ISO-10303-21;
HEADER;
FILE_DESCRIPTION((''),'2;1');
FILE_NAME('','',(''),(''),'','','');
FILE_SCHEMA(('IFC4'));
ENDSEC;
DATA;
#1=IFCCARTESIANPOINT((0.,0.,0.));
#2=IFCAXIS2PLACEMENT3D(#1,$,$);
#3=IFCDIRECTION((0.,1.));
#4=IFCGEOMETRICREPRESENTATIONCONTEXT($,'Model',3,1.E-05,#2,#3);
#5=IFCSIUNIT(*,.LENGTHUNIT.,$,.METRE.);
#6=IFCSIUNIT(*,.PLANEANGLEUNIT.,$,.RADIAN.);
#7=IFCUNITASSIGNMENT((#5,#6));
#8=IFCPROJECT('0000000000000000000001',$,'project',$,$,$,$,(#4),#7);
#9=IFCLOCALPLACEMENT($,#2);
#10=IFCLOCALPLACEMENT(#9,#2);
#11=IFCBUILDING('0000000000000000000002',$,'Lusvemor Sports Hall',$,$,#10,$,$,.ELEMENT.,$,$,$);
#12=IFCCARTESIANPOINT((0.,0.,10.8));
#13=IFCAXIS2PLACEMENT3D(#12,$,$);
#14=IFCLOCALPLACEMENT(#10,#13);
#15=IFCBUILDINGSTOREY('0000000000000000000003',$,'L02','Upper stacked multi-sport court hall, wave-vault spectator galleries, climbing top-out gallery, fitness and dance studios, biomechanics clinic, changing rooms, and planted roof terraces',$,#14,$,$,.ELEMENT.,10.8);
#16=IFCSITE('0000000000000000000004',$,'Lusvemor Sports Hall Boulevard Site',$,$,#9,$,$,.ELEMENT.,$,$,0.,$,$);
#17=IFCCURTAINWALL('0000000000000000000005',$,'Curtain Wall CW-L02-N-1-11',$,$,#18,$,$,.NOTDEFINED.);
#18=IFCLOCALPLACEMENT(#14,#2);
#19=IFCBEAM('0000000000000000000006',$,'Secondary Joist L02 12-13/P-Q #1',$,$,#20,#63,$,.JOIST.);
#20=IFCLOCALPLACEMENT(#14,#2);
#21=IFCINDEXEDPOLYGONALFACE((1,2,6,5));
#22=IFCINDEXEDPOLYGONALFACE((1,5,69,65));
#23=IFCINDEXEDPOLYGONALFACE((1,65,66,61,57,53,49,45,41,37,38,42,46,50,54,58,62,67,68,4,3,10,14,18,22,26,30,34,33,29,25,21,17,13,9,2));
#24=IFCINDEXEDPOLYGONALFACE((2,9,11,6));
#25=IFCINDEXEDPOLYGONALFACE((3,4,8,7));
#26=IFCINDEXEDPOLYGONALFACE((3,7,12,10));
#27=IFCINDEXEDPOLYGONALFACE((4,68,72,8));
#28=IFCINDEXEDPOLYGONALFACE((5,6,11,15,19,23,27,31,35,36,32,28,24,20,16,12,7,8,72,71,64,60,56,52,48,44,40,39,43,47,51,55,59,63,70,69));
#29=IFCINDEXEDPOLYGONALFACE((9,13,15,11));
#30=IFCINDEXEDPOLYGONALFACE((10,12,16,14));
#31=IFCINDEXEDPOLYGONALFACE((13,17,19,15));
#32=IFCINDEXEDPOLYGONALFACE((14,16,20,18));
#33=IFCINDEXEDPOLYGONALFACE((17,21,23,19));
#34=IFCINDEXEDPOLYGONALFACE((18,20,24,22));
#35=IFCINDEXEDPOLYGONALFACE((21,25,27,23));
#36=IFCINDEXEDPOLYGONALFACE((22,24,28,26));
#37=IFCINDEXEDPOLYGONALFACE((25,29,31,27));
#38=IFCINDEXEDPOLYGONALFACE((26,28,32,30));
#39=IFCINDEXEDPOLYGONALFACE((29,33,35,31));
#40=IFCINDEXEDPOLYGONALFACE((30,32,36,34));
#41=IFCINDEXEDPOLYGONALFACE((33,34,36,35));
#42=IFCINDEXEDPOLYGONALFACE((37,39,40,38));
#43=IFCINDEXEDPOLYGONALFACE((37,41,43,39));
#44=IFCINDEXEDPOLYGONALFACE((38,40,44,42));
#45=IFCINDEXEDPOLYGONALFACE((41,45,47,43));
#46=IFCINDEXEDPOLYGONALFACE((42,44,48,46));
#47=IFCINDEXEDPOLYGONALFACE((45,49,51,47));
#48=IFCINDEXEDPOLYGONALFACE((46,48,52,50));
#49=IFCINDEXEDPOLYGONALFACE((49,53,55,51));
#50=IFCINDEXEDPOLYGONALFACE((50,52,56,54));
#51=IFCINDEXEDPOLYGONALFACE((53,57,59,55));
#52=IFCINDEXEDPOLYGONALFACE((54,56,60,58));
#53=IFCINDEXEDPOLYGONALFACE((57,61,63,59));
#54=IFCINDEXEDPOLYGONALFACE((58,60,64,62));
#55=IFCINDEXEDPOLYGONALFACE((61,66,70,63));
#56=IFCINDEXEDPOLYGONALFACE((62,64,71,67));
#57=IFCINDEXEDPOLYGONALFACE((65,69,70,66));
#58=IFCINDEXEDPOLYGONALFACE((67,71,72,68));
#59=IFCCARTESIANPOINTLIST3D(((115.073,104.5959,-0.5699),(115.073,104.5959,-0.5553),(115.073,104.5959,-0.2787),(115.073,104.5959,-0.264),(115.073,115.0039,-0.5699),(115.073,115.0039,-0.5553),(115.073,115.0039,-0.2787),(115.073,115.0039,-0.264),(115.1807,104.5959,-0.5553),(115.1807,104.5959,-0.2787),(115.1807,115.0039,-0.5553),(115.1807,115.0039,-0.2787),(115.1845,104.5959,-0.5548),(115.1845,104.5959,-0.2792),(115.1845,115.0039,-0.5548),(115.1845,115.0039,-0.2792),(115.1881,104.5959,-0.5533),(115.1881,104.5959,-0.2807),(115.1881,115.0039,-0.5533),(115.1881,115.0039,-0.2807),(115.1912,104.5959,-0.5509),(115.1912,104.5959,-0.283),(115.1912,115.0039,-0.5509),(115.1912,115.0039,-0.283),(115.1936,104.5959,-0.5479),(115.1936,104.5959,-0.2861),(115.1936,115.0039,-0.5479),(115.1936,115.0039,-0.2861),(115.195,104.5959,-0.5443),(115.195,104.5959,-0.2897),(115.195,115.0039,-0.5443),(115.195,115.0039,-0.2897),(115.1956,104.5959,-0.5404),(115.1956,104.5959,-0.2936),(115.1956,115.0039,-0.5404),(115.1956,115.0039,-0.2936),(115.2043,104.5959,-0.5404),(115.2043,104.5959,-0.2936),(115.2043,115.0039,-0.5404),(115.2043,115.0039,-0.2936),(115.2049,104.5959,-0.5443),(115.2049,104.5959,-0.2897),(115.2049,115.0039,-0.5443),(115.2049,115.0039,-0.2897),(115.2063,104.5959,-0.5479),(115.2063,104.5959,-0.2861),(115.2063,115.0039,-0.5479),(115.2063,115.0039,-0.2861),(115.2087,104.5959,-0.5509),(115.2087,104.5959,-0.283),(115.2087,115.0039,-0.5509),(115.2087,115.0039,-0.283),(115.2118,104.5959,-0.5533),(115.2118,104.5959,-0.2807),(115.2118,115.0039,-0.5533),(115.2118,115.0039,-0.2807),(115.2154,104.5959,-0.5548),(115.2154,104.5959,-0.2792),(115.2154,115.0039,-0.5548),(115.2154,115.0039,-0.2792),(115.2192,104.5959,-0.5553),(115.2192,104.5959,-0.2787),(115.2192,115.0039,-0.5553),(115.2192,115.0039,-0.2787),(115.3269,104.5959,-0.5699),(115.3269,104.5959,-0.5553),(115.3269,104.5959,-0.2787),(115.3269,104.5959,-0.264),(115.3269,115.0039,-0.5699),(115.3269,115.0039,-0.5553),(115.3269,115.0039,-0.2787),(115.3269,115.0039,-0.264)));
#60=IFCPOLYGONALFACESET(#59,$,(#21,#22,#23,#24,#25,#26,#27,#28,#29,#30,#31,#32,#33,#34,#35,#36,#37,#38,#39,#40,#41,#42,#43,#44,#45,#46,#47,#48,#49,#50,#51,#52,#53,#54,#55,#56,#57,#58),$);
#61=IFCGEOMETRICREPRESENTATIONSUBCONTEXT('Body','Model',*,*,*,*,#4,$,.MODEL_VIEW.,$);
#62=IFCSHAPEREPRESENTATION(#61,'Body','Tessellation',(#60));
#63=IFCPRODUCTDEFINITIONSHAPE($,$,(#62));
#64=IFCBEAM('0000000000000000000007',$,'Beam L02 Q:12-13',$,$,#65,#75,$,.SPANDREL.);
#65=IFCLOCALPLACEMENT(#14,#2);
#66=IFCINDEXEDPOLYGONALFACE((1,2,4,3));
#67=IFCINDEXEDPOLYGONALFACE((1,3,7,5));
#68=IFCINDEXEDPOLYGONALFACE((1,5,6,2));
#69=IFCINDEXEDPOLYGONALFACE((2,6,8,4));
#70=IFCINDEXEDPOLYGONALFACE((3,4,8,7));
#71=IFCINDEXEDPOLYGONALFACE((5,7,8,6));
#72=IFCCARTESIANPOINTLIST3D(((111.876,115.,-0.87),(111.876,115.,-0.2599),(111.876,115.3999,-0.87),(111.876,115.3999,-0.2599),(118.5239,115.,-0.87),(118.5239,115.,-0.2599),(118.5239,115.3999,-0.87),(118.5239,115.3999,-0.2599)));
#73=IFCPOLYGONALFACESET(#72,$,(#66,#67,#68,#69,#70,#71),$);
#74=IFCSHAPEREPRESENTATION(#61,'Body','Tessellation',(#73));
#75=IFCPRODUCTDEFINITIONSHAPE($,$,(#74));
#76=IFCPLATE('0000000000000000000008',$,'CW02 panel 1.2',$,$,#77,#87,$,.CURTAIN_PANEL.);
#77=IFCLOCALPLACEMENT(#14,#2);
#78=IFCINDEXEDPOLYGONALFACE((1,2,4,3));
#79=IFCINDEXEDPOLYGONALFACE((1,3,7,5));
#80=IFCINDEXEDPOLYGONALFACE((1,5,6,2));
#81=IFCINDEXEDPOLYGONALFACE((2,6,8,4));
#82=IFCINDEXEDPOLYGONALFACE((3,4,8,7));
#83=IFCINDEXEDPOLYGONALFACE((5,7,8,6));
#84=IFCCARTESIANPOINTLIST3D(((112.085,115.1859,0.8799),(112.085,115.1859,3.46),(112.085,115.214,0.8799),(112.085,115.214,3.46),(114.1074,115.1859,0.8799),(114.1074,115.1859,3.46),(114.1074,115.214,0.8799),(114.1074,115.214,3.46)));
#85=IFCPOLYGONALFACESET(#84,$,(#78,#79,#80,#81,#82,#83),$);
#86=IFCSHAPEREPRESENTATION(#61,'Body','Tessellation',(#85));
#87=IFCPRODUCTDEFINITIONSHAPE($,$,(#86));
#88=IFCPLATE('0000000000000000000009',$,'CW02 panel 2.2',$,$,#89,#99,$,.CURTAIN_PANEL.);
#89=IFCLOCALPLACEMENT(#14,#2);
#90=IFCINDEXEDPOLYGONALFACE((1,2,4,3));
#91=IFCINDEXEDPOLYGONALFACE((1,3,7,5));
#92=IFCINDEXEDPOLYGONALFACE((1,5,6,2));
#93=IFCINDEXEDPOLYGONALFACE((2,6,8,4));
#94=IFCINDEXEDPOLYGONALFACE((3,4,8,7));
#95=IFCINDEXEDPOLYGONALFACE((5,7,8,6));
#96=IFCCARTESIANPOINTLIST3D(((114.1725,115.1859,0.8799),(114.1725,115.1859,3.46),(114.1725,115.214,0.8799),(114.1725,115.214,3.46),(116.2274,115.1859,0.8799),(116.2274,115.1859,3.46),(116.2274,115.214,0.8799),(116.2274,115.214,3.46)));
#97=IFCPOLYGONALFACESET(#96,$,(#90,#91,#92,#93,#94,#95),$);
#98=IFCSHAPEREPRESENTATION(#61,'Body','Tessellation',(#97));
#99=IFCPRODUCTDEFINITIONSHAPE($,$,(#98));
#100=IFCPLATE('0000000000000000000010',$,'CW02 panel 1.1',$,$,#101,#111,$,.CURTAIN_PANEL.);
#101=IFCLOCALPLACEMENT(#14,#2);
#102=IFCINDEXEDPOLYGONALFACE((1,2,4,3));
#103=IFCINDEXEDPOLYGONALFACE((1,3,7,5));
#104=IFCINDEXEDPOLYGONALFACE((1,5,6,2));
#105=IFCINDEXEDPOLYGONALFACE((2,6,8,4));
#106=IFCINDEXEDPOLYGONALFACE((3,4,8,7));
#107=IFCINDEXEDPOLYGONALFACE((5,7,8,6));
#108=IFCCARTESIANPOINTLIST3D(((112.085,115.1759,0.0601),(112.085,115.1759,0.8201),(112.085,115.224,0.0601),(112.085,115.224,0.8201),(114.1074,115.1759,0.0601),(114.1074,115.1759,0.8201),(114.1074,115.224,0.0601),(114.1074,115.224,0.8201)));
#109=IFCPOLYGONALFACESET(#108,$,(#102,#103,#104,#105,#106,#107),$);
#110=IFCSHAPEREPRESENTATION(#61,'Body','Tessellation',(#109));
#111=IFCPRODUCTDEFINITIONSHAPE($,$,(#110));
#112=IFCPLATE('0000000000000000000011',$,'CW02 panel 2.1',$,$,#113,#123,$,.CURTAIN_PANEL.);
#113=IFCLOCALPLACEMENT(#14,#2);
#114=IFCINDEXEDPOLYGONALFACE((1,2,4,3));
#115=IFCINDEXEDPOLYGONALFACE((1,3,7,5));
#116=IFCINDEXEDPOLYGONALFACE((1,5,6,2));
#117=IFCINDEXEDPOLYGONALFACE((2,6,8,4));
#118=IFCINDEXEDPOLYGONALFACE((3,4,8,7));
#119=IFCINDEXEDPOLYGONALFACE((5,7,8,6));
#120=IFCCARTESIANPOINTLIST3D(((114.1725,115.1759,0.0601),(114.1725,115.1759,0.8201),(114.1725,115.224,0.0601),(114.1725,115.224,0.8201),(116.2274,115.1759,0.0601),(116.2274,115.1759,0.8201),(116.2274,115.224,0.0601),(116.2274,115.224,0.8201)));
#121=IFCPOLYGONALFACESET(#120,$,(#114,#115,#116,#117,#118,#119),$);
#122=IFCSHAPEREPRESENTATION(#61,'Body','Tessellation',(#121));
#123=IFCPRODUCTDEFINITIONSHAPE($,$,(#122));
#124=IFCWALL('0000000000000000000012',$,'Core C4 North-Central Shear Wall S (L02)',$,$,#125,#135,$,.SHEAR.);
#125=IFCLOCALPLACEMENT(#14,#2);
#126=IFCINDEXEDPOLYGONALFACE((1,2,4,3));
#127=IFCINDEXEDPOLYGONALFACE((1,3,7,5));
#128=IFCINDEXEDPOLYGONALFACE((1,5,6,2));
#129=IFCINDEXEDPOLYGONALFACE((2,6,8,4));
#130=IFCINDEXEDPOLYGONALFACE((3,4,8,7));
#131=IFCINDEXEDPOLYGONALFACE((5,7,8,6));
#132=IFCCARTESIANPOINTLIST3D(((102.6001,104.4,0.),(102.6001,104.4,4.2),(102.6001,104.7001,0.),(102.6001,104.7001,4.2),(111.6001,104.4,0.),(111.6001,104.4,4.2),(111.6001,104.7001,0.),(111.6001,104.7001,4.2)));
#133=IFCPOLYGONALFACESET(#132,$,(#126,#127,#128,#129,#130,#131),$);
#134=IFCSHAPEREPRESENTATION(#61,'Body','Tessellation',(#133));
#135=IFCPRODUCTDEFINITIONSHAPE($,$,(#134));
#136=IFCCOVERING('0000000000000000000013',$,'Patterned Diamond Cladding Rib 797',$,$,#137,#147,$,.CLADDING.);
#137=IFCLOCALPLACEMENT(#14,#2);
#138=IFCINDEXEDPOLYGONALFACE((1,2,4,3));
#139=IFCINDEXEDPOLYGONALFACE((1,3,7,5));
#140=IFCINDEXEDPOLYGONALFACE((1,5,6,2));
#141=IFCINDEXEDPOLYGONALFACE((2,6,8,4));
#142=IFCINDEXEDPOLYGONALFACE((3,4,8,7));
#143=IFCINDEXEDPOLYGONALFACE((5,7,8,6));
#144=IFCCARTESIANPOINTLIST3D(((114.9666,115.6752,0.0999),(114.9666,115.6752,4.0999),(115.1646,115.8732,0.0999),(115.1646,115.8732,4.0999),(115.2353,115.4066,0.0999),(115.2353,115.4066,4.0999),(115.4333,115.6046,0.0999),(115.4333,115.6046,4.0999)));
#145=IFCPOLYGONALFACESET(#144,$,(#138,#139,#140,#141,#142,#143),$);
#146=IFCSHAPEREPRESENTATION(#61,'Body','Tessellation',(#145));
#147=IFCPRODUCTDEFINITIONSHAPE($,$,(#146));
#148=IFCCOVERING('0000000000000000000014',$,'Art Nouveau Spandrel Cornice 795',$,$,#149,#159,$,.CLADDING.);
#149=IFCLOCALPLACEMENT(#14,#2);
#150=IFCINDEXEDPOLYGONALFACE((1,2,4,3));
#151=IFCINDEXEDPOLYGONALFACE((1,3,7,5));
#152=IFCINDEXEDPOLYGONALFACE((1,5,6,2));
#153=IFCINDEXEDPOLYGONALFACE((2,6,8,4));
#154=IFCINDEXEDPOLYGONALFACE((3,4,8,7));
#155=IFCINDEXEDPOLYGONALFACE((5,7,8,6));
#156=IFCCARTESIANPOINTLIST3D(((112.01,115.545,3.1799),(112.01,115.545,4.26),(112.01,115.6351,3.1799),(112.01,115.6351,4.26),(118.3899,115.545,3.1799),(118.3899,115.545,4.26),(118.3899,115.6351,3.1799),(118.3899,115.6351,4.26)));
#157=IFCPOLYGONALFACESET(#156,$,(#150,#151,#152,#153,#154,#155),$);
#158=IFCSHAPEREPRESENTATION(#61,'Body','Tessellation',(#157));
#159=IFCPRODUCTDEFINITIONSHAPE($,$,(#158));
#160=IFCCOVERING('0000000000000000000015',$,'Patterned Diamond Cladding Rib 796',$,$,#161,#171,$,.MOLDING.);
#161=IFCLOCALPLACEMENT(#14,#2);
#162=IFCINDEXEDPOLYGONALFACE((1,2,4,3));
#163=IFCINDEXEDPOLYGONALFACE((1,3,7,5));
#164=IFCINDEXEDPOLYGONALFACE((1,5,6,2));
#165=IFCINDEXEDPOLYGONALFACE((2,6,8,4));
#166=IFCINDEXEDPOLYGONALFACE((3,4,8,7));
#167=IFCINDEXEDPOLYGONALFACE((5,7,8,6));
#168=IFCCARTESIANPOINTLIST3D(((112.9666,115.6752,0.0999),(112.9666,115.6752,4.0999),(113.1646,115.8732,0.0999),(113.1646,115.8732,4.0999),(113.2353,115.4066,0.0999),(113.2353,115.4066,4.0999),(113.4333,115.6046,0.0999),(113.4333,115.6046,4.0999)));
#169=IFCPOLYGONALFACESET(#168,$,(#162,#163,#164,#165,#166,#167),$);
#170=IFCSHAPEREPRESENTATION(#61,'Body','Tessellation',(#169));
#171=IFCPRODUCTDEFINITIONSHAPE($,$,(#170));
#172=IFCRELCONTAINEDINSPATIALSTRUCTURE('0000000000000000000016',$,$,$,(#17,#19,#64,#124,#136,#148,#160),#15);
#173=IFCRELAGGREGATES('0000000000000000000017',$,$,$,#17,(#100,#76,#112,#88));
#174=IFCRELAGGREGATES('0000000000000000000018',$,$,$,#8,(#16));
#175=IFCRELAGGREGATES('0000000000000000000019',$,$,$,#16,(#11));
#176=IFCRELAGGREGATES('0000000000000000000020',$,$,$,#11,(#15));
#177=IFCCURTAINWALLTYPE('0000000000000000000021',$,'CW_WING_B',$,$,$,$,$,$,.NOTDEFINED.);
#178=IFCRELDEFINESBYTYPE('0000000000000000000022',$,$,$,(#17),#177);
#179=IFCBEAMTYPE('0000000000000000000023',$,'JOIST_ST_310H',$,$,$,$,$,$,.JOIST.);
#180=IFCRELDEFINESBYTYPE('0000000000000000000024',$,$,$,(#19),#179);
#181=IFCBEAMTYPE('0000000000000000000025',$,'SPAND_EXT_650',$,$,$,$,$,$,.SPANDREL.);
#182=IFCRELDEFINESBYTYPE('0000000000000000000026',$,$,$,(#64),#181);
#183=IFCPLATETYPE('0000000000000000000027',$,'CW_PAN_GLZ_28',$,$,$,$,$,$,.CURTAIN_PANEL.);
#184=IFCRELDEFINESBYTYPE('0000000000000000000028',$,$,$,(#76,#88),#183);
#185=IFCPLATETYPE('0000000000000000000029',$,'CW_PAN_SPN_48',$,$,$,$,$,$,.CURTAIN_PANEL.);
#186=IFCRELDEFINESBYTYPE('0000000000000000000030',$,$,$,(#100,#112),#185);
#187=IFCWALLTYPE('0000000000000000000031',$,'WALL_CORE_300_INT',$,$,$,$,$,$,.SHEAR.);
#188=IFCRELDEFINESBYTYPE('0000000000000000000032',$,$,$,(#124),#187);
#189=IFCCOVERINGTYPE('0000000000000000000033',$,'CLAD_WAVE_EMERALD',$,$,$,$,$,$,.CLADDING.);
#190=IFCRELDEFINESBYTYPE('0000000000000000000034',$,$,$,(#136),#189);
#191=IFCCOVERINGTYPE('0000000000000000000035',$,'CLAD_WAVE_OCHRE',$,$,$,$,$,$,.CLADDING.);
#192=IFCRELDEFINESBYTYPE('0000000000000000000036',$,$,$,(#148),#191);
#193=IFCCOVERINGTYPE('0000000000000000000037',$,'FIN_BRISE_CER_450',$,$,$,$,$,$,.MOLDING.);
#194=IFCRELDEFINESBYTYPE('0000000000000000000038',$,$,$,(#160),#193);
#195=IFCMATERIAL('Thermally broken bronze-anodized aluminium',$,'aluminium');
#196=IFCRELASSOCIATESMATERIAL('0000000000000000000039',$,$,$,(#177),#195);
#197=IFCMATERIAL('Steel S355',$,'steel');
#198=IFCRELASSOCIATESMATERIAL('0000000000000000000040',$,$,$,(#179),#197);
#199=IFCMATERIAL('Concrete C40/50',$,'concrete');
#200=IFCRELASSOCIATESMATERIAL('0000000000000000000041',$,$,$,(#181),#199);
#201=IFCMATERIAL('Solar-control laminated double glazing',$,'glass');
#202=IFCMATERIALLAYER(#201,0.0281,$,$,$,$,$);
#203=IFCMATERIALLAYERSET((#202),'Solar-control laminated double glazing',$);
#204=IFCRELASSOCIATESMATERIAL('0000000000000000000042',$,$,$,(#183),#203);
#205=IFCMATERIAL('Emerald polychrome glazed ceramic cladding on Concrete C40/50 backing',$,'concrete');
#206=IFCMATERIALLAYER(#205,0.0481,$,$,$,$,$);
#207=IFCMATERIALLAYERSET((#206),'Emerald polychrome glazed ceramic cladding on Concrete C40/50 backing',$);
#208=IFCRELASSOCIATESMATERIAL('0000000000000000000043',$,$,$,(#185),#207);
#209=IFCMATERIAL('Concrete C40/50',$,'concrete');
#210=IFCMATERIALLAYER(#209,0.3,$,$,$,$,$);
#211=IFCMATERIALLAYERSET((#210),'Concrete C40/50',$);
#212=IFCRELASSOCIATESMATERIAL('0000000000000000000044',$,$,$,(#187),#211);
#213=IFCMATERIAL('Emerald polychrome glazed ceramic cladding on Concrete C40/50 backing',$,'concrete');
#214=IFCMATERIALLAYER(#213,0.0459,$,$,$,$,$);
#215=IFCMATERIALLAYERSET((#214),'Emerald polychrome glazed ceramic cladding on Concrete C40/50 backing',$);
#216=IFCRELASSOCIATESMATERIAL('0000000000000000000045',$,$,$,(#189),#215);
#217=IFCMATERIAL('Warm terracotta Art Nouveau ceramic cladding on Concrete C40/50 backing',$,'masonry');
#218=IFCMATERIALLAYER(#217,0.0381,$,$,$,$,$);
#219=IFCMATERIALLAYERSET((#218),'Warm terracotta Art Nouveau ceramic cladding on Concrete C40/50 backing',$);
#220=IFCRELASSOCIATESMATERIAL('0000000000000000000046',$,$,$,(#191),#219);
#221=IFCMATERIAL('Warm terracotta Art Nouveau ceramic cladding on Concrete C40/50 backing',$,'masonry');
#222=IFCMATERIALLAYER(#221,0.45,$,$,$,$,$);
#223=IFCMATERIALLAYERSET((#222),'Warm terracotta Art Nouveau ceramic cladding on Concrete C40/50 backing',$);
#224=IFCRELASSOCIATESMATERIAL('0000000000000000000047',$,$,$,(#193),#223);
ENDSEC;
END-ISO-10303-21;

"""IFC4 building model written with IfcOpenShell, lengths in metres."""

from ifc_helpers import new_model, si_unit, direction, frame, frame_2d, origin, origin_2d, place, context, subcontext, project, spatial, rectangle, i_section, extrude, material, layer, layer_set, material_profile, profile_set, type_object, element, aggregate, save


model = new_model("IFC4")

# Units and contexts
model_context = context("Model", 3, precision=1e-05, world=origin(), true_north=direction((0.0, 1.0)))
body_context = subcontext(model_context, "Body", "Model", "MODEL_VIEW")
ifc_project = project(units=[si_unit("LENGTHUNIT", "METRE"), si_unit("PLANEANGLEUNIT", "RADIAN")], contexts=[model_context])

# Site, building, storey
site_placement = place(None, origin())
site = spatial("IfcSite", under=ifc_project, at=site_placement, Name="Lusvemor Sports Hall Boulevard Site", CompositionType="ELEMENT", RefElevation=0.0)
building_placement = place(site_placement, origin())
building = spatial("IfcBuilding", under=site, at=building_placement, Name="Lusvemor Sports Hall", CompositionType="ELEMENT")
storey_placement = place(building_placement, frame((0.0, 0.0, 10.8)))
storey = spatial("IfcBuildingStorey", under=building, at=storey_placement, Name="L02", Description="Upper stacked multi-sport court hall, wave-vault spectator galleries, climbing top-out gallery, fitness and dance studios, biomechanics clinic, changing rooms, and planted roof terraces", CompositionType="ELEMENT", Elevation=10.8)

# Curtain wall
ifc_material_1 = material(Name="Thermally broken bronze-anodized aluminium", Category="aluminium")
curtain_wall_type = type_object("IfcCurtainWallType", Name="CW_WING_B", PredefinedType="NOTDEFINED", material=ifc_material_1)
curtain_wall_placement = place(storey_placement, origin())
curtain_wall = element("IfcCurtainWall", 1, at=curtain_wall_placement, inside=storey, type_object=curtain_wall_type, Name="Curtain Wall CW-L02-N-1-11", PredefinedType="NOTDEFINED")

# Beams
ifc_material_2 = material(Name="Steel S355", Category="steel")
ifc_material_profile_1 = material_profile(ifc_material_2, i_section(OverallWidth=0.2539, OverallDepth=0.3059, WebThickness=0.0088, FlangeThickness=0.0146, FilletRadius=0.0149, at=origin_2d()), Name="W310x79.0")
ifc_profile_set_1 = profile_set([ifc_material_profile_1], Name="Steel S355")
beam_type_1 = type_object("IfcBeamType", Name="JOIST_ST_310H", PredefinedType="JOIST", material=ifc_profile_set_1)
beam_1_placement = place(storey_placement, frame((115.2, 104.5959, -0.417), z_axis=(0.0, 1.0, 0.0), x_axis=(-1.0, 0.0, 0.0)))
element("IfcBeam", 2, at=beam_1_placement, inside=storey, type_object=beam_type_1, Name="Secondary Joist L02 12-13/P-Q #1", PredefinedType="JOIST", context=body_context, shape_type="SweptSolid", body=[
    extrude(i_section(OverallWidth=0.2539, OverallDepth=0.3059, WebThickness=0.0088, FlangeThickness=0.0146, FilletRadius=0.0149, at=origin_2d()), origin(), (0.0, 0.0, 1.0), 10.408),
])
ifc_material_3 = material(Name="Concrete C40/50", Category="concrete")
ifc_material_profile_2 = material_profile(ifc_material_3, rectangle(XDim=0.3999, YDim=0.6101, at=origin_2d()), Name="RC400x610")
ifc_profile_set_2 = profile_set([ifc_material_profile_2], Name="Concrete C40/50")
beam_type_2 = type_object("IfcBeamType", Name="SPAND_EXT_650", PredefinedType="SPANDREL", material=ifc_profile_set_2)
beam_2_placement = place(storey_placement, frame((111.876, 115.2, -0.5649), z_axis=(1.0, 0.0, 0.0), x_axis=(0.0, 1.0, 0.0)))
element("IfcBeam", 3, at=beam_2_placement, inside=storey, type_object=beam_type_2, Name="Beam L02 Q:12-13", PredefinedType="SPANDREL", context=body_context, shape_type="SweptSolid", body=[
    extrude(rectangle(XDim=0.3999, YDim=0.6101, at=origin_2d()), origin(), (0.0, 0.0, 1.0), 6.6479),
])

# Plates
ifc_material_4 = material(Name="Solar-control laminated double glazing", Category="glass")
ifc_layer_1 = layer(ifc_material_4, 0.0281)
ifc_layer_set_1 = layer_set([ifc_layer_1], Name="Solar-control laminated double glazing")
plate_type_1 = type_object("IfcPlateType", Name="CW_PAN_GLZ_28", PredefinedType="CURTAIN_PANEL", material=ifc_layer_set_1)
plate_1_placement = place(storey_placement, frame((113.0962, 115.2, 0.8799), z_axis=(0.0, 0.0, 1.0), x_axis=(1.0, 0.0, 0.0)))
plate_1 = element("IfcPlate", 4, at=plate_1_placement, type_object=plate_type_1, Name="CW02 panel 1.2", PredefinedType="CURTAIN_PANEL", context=body_context, shape_type="SweptSolid", body=[
    extrude(rectangle(XDim=2.0225, YDim=0.0281, at=origin_2d()), origin(), (0.0, 0.0, 1.0), 2.5801),
])
plate_2_placement = place(storey_placement, frame((115.2, 115.2, 0.8799), z_axis=(0.0, 0.0, 1.0), x_axis=(1.0, 0.0, 0.0)))
plate_2 = element("IfcPlate", 5, at=plate_2_placement, type_object=plate_type_1, Name="CW02 panel 2.2", PredefinedType="CURTAIN_PANEL", context=body_context, shape_type="SweptSolid", body=[
    extrude(rectangle(XDim=2.0549, YDim=0.0281, at=origin_2d()), origin(), (0.0, 0.0, 1.0), 2.5801),
])
ifc_material_5 = material(Name="Emerald polychrome glazed ceramic cladding on Concrete C40/50 backing", Category="concrete")
ifc_layer_2 = layer(ifc_material_5, 0.0481)
ifc_layer_set_2 = layer_set([ifc_layer_2], Name="Emerald polychrome glazed ceramic cladding on Concrete C40/50 backing")
plate_type_2 = type_object("IfcPlateType", Name="CW_PAN_SPN_48", PredefinedType="CURTAIN_PANEL", material=ifc_layer_set_2)
plate_3_placement = place(storey_placement, frame((113.0962, 115.2, 0.0601), z_axis=(0.0, 0.0, 1.0), x_axis=(1.0, 0.0, 0.0)))
plate_3 = element("IfcPlate", 6, at=plate_3_placement, type_object=plate_type_2, Name="CW02 panel 1.1", PredefinedType="CURTAIN_PANEL", context=body_context, shape_type="SweptSolid", body=[
    extrude(rectangle(XDim=2.0225, YDim=0.0481, at=origin_2d()), origin(), (0.0, 0.0, 1.0), 0.76),
])
plate_4_placement = place(storey_placement, frame((115.2, 115.2, 0.0601), z_axis=(0.0, 0.0, 1.0), x_axis=(1.0, 0.0, 0.0)))
plate_4 = element("IfcPlate", 7, at=plate_4_placement, type_object=plate_type_2, Name="CW02 panel 2.1", PredefinedType="CURTAIN_PANEL", context=body_context, shape_type="SweptSolid", body=[
    extrude(rectangle(XDim=2.0549, YDim=0.0481, at=origin_2d()), origin(), (0.0, 0.0, 1.0), 0.76),
])
aggregate(curtain_wall, [plate_3, plate_1, plate_4, plate_2])

# Wall
ifc_material_6 = material(Name="Concrete C40/50", Category="concrete")
ifc_layer_3 = layer(ifc_material_6, 0.3)
ifc_layer_set_3 = layer_set([ifc_layer_3], Name="Concrete C40/50")
wall_type = type_object("IfcWallType", Name="WALL_CORE_300_INT", PredefinedType="SHEAR", material=ifc_layer_set_3)
wall_1_placement = place(storey_placement, frame((111.6001, 104.55, 0.0), z_axis=(0.0, 0.0, 1.0), x_axis=(-1.0, 0.0, 0.0)))
element("IfcWall", 8, at=wall_1_placement, inside=storey, type_object=wall_type, Name="Core C4 North-Central Shear Wall S (L02)", PredefinedType="SHEAR", context=body_context, shape_type="SweptSolid", body=[
    extrude(rectangle(XDim=9.0, YDim=0.3, at=frame_2d((4.5, 0.0))), origin(), (0.0, 0.0, 1.0), 4.2),
])

# Coverings
ifc_material_7 = material(Name="Emerald polychrome glazed ceramic cladding on Concrete C40/50 backing", Category="concrete")
ifc_layer_4 = layer(ifc_material_7, 0.0459)
ifc_layer_set_4 = layer_set([ifc_layer_4], Name="Emerald polychrome glazed ceramic cladding on Concrete C40/50 backing")
covering_type_1 = type_object("IfcCoveringType", Name="CLAD_WAVE_EMERALD", PredefinedType="CLADDING", material=ifc_layer_set_4)
covering_1_placement = place(storey_placement, frame((115.2, 115.6399, 0.0999), z_axis=(0.0, 0.0, 1.0), x_axis=(0.707107, 0.707107, 0.0)))
element("IfcCovering", 9, at=covering_1_placement, inside=storey, type_object=covering_type_1, Name="Patterned Diamond Cladding Rib 797", PredefinedType="CLADDING", context=body_context, shape_type="SweptSolid", body=[
    extrude(rectangle(XDim=0.28, YDim=0.3799, at=origin_2d()), origin(), (0.0, 0.0, 1.0), 4.0),
])
ifc_material_8 = material(Name="Warm terracotta Art Nouveau ceramic cladding on Concrete C40/50 backing", Category="masonry")
ifc_layer_5 = layer(ifc_material_8, 0.0381)
ifc_layer_set_5 = layer_set([ifc_layer_5], Name="Warm terracotta Art Nouveau ceramic cladding on Concrete C40/50 backing")
covering_type_2 = type_object("IfcCoveringType", Name="CLAD_WAVE_OCHRE", PredefinedType="CLADDING", material=ifc_layer_set_5)
covering_2_placement = place(storey_placement, frame((115.2, 115.5901, 3.1799), z_axis=(0.0, 0.0, 1.0), x_axis=(1.0, 0.0, 0.0)))
element("IfcCovering", 10, at=covering_2_placement, inside=storey, type_object=covering_type_2, Name="Art Nouveau Spandrel Cornice 795", PredefinedType="CLADDING", context=body_context, shape_type="SweptSolid", body=[
    extrude(rectangle(XDim=6.3799, YDim=0.0901, at=origin_2d()), origin(), (0.0, 0.0, 1.0), 1.0801),
])
ifc_material_9 = material(Name="Warm terracotta Art Nouveau ceramic cladding on Concrete C40/50 backing", Category="masonry")
ifc_layer_6 = layer(ifc_material_9, 0.45)
ifc_layer_set_6 = layer_set([ifc_layer_6], Name="Warm terracotta Art Nouveau ceramic cladding on Concrete C40/50 backing")
covering_type_3 = type_object("IfcCoveringType", Name="FIN_BRISE_CER_450", PredefinedType="MOLDING", material=ifc_layer_set_6)
covering_3_placement = place(storey_placement, frame((113.2, 115.6399, 0.0999), z_axis=(0.0, 0.0, 1.0), x_axis=(0.707107, 0.707107, 0.0)))
element("IfcCovering", 11, at=covering_3_placement, inside=storey, type_object=covering_type_3, Name="Patterned Diamond Cladding Rib 796", PredefinedType="MOLDING", context=body_context, shape_type="SweptSolid", body=[
    extrude(rectangle(XDim=0.28, YDim=0.3799, at=origin_2d()), origin(), (0.0, 0.0, 1.0), 4.0),
])

save(model, "model.ifc")
